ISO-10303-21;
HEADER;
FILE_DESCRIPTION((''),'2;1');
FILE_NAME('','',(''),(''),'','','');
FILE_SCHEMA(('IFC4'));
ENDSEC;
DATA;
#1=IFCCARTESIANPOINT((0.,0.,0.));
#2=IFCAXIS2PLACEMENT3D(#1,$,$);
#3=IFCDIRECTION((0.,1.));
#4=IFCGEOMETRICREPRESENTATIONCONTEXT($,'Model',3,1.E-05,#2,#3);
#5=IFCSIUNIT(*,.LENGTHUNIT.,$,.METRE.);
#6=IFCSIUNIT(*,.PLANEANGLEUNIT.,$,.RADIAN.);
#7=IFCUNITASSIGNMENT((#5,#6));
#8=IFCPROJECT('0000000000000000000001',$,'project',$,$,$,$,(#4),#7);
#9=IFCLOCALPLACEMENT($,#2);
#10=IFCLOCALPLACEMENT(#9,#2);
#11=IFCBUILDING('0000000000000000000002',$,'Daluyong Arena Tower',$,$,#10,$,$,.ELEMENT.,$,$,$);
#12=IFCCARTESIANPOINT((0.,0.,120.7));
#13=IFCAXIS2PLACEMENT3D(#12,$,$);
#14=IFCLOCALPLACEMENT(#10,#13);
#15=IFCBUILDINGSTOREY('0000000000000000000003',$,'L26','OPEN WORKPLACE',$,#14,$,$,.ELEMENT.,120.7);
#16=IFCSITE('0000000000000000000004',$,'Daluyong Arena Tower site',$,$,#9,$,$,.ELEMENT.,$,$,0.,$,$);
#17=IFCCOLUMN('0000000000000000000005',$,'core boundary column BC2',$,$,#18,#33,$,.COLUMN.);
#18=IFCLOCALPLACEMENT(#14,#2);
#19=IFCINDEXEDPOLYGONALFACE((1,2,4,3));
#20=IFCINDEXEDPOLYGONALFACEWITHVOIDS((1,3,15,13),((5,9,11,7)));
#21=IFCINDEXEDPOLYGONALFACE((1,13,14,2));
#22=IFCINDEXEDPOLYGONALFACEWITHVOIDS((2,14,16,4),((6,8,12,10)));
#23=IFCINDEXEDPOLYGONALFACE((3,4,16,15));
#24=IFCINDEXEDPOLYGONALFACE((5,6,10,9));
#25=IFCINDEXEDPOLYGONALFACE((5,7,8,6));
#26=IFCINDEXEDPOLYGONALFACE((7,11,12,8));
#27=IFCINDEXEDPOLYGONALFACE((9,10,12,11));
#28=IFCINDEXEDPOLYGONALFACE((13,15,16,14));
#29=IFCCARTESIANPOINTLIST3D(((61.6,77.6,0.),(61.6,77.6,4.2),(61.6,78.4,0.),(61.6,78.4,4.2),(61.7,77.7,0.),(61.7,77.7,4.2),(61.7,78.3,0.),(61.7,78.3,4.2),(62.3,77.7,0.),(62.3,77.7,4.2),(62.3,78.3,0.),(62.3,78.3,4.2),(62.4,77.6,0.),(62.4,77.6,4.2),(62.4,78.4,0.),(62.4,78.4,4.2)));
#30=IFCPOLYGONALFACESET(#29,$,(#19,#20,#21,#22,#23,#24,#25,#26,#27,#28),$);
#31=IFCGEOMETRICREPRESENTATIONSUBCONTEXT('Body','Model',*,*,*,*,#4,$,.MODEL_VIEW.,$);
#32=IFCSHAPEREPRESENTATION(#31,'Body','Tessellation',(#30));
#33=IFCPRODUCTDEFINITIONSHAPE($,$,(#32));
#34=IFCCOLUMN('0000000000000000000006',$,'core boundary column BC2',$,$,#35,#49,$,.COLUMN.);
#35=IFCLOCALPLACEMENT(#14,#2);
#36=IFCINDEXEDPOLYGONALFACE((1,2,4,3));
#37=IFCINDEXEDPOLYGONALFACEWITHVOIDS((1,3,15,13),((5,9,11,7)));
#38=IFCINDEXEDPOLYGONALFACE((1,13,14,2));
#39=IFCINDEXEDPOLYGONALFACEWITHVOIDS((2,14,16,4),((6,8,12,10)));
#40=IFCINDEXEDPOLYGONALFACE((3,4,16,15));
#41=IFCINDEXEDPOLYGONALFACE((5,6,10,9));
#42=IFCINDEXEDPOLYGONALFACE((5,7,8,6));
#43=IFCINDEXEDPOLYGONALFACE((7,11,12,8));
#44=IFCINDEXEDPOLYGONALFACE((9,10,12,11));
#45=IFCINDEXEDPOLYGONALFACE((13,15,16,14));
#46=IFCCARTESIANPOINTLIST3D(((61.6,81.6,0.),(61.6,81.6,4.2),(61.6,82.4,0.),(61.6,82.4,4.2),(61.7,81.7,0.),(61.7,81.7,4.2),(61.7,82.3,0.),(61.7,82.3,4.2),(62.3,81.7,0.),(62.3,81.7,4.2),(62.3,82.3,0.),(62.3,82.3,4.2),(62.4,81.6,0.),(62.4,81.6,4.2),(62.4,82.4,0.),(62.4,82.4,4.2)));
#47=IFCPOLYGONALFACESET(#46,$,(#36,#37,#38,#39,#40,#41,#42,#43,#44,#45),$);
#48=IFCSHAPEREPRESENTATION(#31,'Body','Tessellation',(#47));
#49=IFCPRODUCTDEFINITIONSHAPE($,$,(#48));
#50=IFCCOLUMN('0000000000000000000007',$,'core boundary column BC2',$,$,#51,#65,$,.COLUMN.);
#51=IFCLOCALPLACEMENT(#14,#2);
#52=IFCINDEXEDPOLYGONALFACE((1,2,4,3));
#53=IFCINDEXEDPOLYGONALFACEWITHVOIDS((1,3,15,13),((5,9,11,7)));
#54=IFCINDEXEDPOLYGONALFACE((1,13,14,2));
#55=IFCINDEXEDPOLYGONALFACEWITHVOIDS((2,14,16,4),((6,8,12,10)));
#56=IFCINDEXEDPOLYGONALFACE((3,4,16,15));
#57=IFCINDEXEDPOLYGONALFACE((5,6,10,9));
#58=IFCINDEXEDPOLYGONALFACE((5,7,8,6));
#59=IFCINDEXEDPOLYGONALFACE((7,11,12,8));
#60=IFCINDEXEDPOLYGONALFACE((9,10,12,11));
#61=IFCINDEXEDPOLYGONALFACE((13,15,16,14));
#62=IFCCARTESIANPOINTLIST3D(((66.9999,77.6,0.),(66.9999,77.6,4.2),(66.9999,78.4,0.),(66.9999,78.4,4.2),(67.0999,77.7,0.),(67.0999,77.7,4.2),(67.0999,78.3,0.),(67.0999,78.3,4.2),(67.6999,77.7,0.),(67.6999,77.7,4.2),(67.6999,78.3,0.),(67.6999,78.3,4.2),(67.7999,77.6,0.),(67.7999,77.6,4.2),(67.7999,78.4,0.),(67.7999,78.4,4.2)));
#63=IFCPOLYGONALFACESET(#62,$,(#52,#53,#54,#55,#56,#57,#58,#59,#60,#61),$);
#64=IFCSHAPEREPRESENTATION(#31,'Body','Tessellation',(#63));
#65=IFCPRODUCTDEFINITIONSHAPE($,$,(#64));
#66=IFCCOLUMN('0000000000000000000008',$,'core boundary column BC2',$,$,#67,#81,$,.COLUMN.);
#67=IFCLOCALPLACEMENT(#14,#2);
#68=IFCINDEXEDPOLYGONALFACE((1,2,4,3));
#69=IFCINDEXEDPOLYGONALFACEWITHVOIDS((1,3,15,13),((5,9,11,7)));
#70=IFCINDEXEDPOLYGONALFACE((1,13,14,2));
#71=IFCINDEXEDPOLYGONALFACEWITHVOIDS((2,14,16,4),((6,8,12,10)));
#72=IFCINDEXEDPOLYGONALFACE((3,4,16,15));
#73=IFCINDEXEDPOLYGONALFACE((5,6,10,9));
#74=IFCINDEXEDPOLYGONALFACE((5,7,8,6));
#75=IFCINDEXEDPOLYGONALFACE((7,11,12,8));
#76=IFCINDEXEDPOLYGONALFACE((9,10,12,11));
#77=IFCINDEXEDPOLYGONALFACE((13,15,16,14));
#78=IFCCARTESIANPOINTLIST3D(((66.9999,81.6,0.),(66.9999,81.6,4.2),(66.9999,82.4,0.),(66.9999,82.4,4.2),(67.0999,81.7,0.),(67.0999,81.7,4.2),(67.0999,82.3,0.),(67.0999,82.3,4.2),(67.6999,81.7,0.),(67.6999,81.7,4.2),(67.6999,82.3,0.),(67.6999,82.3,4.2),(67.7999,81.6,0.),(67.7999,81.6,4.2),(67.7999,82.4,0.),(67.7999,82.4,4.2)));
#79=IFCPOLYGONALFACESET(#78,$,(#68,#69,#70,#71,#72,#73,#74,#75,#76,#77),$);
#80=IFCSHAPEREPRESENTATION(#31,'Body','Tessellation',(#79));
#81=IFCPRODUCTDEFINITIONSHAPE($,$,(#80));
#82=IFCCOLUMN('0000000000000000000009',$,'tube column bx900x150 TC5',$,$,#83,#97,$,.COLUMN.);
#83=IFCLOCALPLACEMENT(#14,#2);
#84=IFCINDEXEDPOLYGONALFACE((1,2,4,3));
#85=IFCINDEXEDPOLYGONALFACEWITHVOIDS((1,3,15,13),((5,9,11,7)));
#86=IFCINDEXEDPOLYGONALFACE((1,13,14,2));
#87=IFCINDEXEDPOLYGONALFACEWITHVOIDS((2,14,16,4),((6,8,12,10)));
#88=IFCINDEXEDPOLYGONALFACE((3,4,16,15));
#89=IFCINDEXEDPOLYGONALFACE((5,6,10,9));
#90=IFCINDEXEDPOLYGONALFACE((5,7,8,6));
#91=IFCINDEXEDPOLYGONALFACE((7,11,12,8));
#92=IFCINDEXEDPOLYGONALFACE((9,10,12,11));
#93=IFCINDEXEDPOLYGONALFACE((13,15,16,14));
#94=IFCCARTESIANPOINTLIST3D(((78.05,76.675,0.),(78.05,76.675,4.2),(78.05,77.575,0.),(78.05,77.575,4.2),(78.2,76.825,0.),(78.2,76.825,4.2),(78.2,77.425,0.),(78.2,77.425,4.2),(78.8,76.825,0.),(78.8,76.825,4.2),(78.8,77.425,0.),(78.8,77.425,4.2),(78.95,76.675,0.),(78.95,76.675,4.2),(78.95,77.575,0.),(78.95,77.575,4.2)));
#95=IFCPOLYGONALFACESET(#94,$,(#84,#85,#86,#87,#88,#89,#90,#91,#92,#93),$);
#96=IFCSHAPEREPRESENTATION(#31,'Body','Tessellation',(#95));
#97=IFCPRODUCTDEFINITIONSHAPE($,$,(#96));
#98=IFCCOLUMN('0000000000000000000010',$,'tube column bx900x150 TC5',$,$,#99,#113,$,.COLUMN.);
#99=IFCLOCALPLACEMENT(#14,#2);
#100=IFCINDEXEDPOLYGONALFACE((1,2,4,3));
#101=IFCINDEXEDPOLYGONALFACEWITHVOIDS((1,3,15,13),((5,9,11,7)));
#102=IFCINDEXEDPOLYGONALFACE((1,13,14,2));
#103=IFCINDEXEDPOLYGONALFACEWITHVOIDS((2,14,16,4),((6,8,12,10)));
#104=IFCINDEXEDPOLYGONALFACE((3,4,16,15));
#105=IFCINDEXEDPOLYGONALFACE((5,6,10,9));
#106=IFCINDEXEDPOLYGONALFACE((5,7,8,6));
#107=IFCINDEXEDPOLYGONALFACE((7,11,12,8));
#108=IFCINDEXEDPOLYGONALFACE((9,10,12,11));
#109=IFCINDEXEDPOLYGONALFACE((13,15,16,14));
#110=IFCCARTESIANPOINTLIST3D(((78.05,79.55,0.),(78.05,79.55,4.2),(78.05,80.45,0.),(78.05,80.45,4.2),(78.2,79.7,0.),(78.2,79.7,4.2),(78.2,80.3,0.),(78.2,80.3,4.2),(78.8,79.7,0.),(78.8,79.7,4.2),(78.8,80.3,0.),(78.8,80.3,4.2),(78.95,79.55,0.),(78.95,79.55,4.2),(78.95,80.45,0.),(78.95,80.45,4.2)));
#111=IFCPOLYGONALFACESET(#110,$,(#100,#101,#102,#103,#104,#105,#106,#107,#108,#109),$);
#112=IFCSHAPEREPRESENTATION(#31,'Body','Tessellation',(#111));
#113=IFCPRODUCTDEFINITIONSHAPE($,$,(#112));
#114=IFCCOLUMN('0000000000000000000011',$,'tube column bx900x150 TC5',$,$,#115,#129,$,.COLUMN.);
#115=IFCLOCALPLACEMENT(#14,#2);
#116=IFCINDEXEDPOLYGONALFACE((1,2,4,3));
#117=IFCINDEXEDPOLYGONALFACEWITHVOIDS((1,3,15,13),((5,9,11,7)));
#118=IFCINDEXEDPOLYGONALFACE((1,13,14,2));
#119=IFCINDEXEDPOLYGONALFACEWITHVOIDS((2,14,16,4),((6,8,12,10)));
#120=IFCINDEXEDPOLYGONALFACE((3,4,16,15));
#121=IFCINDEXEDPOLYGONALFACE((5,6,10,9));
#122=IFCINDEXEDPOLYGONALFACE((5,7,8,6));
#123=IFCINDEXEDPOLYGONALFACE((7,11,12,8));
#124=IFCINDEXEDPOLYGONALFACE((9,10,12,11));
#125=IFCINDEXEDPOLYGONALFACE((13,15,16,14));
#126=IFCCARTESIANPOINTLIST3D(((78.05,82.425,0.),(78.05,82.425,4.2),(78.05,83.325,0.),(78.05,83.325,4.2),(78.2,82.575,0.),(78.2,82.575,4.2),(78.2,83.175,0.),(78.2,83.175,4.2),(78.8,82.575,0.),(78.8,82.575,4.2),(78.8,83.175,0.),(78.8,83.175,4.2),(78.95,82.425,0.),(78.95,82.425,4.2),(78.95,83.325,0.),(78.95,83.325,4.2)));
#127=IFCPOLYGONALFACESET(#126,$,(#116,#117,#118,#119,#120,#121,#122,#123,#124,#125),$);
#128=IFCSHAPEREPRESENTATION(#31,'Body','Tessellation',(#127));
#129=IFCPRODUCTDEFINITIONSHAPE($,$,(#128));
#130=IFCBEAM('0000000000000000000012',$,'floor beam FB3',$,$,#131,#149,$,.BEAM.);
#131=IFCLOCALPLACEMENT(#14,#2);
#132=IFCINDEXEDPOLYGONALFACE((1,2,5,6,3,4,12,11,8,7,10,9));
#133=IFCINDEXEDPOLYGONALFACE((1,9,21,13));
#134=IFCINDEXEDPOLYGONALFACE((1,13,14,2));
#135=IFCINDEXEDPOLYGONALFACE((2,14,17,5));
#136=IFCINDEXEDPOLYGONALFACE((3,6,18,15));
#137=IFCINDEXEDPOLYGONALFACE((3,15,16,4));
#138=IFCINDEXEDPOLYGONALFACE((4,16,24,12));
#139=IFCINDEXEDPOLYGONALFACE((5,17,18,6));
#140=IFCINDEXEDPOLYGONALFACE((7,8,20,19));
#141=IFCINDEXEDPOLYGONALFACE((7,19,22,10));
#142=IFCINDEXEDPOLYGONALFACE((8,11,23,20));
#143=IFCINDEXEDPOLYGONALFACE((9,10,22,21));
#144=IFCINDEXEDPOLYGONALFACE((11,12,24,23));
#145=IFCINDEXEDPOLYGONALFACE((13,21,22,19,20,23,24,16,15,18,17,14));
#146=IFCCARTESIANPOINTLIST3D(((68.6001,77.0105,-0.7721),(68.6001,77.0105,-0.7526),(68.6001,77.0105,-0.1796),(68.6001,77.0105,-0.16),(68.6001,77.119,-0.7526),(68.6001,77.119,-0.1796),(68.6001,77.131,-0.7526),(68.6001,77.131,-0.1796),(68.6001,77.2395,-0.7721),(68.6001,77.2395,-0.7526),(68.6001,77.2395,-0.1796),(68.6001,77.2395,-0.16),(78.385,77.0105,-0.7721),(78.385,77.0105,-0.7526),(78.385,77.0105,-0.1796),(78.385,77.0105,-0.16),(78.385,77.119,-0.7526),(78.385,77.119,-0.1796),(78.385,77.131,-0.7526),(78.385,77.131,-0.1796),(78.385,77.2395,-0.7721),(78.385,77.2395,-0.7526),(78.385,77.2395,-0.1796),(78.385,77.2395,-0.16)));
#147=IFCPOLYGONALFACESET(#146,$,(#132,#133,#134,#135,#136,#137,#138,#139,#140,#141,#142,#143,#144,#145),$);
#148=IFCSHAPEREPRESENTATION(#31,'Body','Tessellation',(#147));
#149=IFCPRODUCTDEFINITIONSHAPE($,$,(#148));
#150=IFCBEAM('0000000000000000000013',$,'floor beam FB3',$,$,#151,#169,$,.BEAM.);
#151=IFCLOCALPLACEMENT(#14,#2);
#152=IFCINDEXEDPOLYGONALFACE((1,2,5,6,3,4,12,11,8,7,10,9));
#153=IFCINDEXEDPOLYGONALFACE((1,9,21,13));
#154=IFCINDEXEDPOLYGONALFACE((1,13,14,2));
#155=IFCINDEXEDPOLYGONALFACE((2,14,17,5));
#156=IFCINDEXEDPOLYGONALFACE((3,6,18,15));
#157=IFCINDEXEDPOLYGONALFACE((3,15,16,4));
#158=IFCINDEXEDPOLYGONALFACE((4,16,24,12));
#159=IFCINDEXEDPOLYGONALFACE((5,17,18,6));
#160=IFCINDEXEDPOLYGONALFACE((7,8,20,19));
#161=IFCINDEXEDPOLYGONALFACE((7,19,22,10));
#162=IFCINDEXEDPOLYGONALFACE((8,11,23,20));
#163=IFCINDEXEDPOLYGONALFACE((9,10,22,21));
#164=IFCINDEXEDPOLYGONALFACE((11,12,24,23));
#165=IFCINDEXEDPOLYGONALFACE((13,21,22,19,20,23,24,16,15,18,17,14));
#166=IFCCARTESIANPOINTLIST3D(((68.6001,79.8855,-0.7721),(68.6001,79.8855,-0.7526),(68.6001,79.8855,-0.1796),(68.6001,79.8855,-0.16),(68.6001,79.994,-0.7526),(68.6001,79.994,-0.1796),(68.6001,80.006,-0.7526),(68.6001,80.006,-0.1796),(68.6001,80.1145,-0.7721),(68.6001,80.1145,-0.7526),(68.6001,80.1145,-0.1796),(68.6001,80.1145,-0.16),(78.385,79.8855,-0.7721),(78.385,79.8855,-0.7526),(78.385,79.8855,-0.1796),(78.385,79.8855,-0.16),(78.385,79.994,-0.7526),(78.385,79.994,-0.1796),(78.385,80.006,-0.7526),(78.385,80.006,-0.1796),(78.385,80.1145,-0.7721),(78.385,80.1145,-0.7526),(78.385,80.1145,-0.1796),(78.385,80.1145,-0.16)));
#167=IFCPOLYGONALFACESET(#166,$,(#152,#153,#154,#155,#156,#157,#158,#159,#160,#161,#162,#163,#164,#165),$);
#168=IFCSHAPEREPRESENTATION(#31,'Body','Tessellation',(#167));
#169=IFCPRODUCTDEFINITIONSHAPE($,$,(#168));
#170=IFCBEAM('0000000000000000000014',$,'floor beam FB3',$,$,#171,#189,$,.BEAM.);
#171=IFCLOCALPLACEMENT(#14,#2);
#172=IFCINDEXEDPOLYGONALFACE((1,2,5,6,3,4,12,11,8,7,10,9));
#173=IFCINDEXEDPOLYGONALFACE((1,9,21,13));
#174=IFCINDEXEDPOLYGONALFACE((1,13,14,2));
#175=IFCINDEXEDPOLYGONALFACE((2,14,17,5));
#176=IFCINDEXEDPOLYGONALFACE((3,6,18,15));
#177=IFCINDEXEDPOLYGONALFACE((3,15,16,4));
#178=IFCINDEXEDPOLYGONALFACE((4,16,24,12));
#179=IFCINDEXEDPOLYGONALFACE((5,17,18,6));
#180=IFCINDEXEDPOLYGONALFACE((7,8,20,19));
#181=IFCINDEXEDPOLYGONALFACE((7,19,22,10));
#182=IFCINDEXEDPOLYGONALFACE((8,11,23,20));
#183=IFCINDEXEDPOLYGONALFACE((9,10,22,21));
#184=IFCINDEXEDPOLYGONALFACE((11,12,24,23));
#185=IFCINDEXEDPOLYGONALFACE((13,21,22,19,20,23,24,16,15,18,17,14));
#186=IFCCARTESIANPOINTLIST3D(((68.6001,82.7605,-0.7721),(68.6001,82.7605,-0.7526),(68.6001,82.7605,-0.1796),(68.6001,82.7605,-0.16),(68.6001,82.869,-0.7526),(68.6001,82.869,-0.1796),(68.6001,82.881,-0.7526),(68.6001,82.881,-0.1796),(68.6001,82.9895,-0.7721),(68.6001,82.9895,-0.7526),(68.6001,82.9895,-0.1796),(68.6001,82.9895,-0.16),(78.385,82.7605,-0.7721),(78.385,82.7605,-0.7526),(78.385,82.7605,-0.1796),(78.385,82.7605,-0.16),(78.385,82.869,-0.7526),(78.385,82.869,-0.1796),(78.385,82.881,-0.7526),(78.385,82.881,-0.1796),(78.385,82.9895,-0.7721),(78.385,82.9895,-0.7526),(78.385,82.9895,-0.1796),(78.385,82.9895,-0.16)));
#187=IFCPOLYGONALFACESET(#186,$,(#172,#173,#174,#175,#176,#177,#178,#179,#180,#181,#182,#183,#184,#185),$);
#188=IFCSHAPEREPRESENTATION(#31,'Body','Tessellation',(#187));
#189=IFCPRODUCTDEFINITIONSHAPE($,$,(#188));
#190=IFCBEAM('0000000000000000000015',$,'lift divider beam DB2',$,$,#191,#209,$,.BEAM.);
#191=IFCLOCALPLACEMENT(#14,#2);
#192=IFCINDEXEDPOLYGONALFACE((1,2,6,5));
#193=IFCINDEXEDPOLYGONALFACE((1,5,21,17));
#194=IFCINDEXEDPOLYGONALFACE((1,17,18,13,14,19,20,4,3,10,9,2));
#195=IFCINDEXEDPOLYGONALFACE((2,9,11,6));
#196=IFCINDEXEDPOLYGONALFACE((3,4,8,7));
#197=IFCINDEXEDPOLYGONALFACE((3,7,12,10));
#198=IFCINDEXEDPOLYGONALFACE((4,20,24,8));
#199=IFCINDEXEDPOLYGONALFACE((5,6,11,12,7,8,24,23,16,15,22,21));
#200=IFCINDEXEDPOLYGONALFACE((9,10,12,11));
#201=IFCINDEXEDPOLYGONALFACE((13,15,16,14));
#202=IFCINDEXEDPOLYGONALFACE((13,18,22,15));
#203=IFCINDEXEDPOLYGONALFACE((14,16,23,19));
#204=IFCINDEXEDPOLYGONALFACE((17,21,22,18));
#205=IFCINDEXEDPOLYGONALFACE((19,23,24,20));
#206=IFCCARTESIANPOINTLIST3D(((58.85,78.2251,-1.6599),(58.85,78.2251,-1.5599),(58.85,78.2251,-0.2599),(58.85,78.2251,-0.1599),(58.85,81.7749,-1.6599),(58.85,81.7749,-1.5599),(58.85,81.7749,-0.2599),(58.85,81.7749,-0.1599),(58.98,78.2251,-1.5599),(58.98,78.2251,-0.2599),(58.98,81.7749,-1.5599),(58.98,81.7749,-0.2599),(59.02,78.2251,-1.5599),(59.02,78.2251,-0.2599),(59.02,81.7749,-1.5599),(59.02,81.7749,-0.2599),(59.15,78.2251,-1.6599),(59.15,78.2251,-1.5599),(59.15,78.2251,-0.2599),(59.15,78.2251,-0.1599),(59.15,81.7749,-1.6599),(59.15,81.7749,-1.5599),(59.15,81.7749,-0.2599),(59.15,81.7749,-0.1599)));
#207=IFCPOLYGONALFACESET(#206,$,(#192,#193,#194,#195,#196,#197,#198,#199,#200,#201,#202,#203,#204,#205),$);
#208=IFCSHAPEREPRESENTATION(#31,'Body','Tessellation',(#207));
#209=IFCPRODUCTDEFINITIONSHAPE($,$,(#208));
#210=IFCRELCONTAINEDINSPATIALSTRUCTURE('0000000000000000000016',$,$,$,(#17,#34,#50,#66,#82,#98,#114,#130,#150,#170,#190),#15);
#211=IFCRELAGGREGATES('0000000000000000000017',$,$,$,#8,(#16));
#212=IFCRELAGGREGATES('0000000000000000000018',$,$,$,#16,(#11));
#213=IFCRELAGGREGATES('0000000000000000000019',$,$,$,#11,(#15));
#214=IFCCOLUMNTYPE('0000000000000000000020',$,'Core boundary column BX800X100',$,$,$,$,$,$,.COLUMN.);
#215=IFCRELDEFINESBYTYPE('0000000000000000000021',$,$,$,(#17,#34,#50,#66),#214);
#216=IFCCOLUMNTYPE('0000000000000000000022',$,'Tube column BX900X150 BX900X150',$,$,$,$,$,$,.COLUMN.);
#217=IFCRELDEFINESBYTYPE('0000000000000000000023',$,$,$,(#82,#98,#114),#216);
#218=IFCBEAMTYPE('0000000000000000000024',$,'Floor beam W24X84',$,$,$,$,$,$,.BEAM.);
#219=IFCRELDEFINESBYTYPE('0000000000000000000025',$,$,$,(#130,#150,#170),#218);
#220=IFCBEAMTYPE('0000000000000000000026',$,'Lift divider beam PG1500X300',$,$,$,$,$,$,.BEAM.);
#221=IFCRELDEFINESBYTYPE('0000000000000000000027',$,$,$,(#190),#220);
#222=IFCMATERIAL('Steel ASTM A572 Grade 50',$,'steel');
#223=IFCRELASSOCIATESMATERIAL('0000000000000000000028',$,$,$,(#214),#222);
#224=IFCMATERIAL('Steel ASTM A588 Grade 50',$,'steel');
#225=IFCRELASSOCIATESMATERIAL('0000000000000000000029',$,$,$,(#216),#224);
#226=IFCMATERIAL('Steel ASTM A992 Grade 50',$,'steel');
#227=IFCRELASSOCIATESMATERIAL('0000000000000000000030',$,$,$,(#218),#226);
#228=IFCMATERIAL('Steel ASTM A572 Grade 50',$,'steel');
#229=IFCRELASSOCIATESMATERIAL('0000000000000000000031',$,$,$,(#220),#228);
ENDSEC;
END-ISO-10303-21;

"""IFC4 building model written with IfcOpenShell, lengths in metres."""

from ifc_helpers import new_model, si_unit, direction, frame, origin, origin_2d, place, context, subcontext, project, spatial, hollow_rectangle, i_section, extrude, material, material_profile, profile_set, type_object, element, save


model = new_model("IFC4")

# Units and contexts
model_context = context("Model", 3, precision=1e-05, world=origin(), true_north=direction((0.0, 1.0)))
body_context = subcontext(model_context, "Body", "Model", "MODEL_VIEW")
ifc_project = project(units=[si_unit("LENGTHUNIT", "METRE"), si_unit("PLANEANGLEUNIT", "RADIAN")], contexts=[model_context])

# Site, building, storey
site_placement = place(None, origin())
site = spatial("IfcSite", under=ifc_project, at=site_placement, Name="Daluyong Arena Tower site", CompositionType="ELEMENT", RefElevation=0.0)
building_placement = place(site_placement, origin())
building = spatial("IfcBuilding", under=site, at=building_placement, Name="Daluyong Arena Tower", CompositionType="ELEMENT")
storey_placement = place(building_placement, frame((0.0, 0.0, 120.7)))
storey = spatial("IfcBuildingStorey", under=building, at=storey_placement, Name="L26", Description="OPEN WORKPLACE", CompositionType="ELEMENT", Elevation=120.7)

# Columns
ifc_material_1 = material(Name="Steel ASTM A572 Grade 50", Category="steel")
ifc_material_profile_1 = material_profile(ifc_material_1, hollow_rectangle(XDim=0.8, YDim=0.8, WallThickness=0.1, at=origin_2d()))
ifc_profile_set_1 = profile_set([ifc_material_profile_1], Name="Steel ASTM A572 Grade 50")
column_type_1 = type_object("IfcColumnType", Name="Core boundary column BX800X100", PredefinedType="COLUMN", material=ifc_profile_set_1)
for number, where, z_axis, x_axis, name in (
    (1, (62.0, 78.0, 0.0), (0.0, 0.0, 1.0), (1.0, 0.0, 0.0), "core boundary column BC2"),
    (2, (62.0, 82.0, 0.0), (0.0, 0.0, 1.0), (1.0, 0.0, 0.0), "core boundary column BC2"),
    (3, (67.3999, 78.0, 0.0), (0.0, 0.0, 1.0), (1.0, 0.0, 0.0), "core boundary column BC2"),
    (4, (67.3999, 82.0, 0.0), (0.0, 0.0, 1.0), (1.0, 0.0, 0.0), "core boundary column BC2"),
):
    element("IfcColumn", number, at=place(storey_placement, frame(where, z_axis=z_axis, x_axis=x_axis)), inside=storey, type_object=column_type_1, Name=name, PredefinedType="COLUMN", context=body_context, shape_type="SweptSolid", body=[
        extrude(hollow_rectangle(XDim=0.8, YDim=0.8, WallThickness=0.1, at=origin_2d()), origin(), (0.0, 0.0, 1.0), 4.2),
    ])
ifc_material_2 = material(Name="Steel ASTM A588 Grade 50", Category="steel")
ifc_material_profile_2 = material_profile(ifc_material_2, hollow_rectangle(XDim=0.8999, YDim=0.8999, WallThickness=0.15, at=origin_2d()))
ifc_profile_set_2 = profile_set([ifc_material_profile_2], Name="Steel ASTM A588 Grade 50")
column_type_2 = type_object("IfcColumnType", Name="Tube column BX900X150 BX900X150", PredefinedType="COLUMN", material=ifc_profile_set_2)
for number, where, z_axis, x_axis, name in (
    (5, (78.5, 77.125, 0.0), (0.0, 0.0, 1.0), (0.0, 1.0, 0.0), "tube column bx900x150 TC5"),
    (6, (78.5, 80.0, 0.0), (0.0, 0.0, 1.0), (0.0, 1.0, 0.0), "tube column bx900x150 TC5"),
    (7, (78.5, 82.875, 0.0), (0.0, 0.0, 1.0), (0.0, 1.0, 0.0), "tube column bx900x150 TC5"),
):
    element("IfcColumn", number, at=place(storey_placement, frame(where, z_axis=z_axis, x_axis=x_axis)), inside=storey, type_object=column_type_2, Name=name, PredefinedType="COLUMN", context=body_context, shape_type="SweptSolid", body=[
        extrude(hollow_rectangle(XDim=0.8999, YDim=0.8999, WallThickness=0.15, at=origin_2d()), origin(), (0.0, 0.0, 1.0), 4.2),
    ])

# Beams
ifc_material_3 = material(Name="Steel ASTM A992 Grade 50", Category="steel")
ifc_material_profile_3 = material_profile(ifc_material_3, i_section(OverallWidth=0.229, OverallDepth=0.6121, WebThickness=0.012, FlangeThickness=0.0195, at=origin_2d()))
ifc_profile_set_3 = profile_set([ifc_material_profile_3], Name="Steel ASTM A992 Grade 50")
beam_type_1 = type_object("IfcBeamType", Name="Floor beam W24X84", PredefinedType="BEAM", material=ifc_profile_set_3)
for number, where, z_axis, x_axis, name in (
    (8, (78.385, 77.125, -0.4661), (-1.0, 0.0, 0.0), (0.0, -1.0, 0.0), "floor beam FB3"),
    (9, (78.385, 80.0, -0.4661), (-1.0, 0.0, 0.0), (0.0, -1.0, 0.0), "floor beam FB3"),
    (10, (78.385, 82.875, -0.4661), (-1.0, 0.0, 0.0), (0.0, -1.0, 0.0), "floor beam FB3"),
):
    element("IfcBeam", number, at=place(storey_placement, frame(where, z_axis=z_axis, x_axis=x_axis)), inside=storey, type_object=beam_type_1, Name=name, PredefinedType="BEAM", context=body_context, shape_type="SweptSolid", body=[
        extrude(i_section(OverallWidth=0.229, OverallDepth=0.6121, WebThickness=0.012, FlangeThickness=0.0195, at=origin_2d()), origin(), (0.0, 0.0, 1.0), 9.7849),
    ])
ifc_material_4 = material(Name="Steel ASTM A572 Grade 50", Category="steel")
ifc_material_profile_4 = material_profile(ifc_material_4, i_section(OverallWidth=0.3, OverallDepth=1.5, WebThickness=0.04, FlangeThickness=0.1, at=origin_2d()))
ifc_profile_set_4 = profile_set([ifc_material_profile_4], Name="Steel ASTM A572 Grade 50")
beam_type_2 = type_object("IfcBeamType", Name="Lift divider beam PG1500X300", PredefinedType="BEAM", material=ifc_profile_set_4)
beam_1_placement = place(storey_placement, frame((59.0, 78.2251, -0.9099), z_axis=(0.0, 1.0, 0.0), x_axis=(-1.0, 0.0, 0.0)))
element("IfcBeam", 11, at=beam_1_placement, inside=storey, type_object=beam_type_2, Name="lift divider beam DB2", PredefinedType="BEAM", context=body_context, shape_type="SweptSolid", body=[
    extrude(i_section(OverallWidth=0.3, OverallDepth=1.5, WebThickness=0.04, FlangeThickness=0.1, at=origin_2d()), origin(), (0.0, 0.0, 1.0), 3.5498),
])

save(model, "model.ifc")
